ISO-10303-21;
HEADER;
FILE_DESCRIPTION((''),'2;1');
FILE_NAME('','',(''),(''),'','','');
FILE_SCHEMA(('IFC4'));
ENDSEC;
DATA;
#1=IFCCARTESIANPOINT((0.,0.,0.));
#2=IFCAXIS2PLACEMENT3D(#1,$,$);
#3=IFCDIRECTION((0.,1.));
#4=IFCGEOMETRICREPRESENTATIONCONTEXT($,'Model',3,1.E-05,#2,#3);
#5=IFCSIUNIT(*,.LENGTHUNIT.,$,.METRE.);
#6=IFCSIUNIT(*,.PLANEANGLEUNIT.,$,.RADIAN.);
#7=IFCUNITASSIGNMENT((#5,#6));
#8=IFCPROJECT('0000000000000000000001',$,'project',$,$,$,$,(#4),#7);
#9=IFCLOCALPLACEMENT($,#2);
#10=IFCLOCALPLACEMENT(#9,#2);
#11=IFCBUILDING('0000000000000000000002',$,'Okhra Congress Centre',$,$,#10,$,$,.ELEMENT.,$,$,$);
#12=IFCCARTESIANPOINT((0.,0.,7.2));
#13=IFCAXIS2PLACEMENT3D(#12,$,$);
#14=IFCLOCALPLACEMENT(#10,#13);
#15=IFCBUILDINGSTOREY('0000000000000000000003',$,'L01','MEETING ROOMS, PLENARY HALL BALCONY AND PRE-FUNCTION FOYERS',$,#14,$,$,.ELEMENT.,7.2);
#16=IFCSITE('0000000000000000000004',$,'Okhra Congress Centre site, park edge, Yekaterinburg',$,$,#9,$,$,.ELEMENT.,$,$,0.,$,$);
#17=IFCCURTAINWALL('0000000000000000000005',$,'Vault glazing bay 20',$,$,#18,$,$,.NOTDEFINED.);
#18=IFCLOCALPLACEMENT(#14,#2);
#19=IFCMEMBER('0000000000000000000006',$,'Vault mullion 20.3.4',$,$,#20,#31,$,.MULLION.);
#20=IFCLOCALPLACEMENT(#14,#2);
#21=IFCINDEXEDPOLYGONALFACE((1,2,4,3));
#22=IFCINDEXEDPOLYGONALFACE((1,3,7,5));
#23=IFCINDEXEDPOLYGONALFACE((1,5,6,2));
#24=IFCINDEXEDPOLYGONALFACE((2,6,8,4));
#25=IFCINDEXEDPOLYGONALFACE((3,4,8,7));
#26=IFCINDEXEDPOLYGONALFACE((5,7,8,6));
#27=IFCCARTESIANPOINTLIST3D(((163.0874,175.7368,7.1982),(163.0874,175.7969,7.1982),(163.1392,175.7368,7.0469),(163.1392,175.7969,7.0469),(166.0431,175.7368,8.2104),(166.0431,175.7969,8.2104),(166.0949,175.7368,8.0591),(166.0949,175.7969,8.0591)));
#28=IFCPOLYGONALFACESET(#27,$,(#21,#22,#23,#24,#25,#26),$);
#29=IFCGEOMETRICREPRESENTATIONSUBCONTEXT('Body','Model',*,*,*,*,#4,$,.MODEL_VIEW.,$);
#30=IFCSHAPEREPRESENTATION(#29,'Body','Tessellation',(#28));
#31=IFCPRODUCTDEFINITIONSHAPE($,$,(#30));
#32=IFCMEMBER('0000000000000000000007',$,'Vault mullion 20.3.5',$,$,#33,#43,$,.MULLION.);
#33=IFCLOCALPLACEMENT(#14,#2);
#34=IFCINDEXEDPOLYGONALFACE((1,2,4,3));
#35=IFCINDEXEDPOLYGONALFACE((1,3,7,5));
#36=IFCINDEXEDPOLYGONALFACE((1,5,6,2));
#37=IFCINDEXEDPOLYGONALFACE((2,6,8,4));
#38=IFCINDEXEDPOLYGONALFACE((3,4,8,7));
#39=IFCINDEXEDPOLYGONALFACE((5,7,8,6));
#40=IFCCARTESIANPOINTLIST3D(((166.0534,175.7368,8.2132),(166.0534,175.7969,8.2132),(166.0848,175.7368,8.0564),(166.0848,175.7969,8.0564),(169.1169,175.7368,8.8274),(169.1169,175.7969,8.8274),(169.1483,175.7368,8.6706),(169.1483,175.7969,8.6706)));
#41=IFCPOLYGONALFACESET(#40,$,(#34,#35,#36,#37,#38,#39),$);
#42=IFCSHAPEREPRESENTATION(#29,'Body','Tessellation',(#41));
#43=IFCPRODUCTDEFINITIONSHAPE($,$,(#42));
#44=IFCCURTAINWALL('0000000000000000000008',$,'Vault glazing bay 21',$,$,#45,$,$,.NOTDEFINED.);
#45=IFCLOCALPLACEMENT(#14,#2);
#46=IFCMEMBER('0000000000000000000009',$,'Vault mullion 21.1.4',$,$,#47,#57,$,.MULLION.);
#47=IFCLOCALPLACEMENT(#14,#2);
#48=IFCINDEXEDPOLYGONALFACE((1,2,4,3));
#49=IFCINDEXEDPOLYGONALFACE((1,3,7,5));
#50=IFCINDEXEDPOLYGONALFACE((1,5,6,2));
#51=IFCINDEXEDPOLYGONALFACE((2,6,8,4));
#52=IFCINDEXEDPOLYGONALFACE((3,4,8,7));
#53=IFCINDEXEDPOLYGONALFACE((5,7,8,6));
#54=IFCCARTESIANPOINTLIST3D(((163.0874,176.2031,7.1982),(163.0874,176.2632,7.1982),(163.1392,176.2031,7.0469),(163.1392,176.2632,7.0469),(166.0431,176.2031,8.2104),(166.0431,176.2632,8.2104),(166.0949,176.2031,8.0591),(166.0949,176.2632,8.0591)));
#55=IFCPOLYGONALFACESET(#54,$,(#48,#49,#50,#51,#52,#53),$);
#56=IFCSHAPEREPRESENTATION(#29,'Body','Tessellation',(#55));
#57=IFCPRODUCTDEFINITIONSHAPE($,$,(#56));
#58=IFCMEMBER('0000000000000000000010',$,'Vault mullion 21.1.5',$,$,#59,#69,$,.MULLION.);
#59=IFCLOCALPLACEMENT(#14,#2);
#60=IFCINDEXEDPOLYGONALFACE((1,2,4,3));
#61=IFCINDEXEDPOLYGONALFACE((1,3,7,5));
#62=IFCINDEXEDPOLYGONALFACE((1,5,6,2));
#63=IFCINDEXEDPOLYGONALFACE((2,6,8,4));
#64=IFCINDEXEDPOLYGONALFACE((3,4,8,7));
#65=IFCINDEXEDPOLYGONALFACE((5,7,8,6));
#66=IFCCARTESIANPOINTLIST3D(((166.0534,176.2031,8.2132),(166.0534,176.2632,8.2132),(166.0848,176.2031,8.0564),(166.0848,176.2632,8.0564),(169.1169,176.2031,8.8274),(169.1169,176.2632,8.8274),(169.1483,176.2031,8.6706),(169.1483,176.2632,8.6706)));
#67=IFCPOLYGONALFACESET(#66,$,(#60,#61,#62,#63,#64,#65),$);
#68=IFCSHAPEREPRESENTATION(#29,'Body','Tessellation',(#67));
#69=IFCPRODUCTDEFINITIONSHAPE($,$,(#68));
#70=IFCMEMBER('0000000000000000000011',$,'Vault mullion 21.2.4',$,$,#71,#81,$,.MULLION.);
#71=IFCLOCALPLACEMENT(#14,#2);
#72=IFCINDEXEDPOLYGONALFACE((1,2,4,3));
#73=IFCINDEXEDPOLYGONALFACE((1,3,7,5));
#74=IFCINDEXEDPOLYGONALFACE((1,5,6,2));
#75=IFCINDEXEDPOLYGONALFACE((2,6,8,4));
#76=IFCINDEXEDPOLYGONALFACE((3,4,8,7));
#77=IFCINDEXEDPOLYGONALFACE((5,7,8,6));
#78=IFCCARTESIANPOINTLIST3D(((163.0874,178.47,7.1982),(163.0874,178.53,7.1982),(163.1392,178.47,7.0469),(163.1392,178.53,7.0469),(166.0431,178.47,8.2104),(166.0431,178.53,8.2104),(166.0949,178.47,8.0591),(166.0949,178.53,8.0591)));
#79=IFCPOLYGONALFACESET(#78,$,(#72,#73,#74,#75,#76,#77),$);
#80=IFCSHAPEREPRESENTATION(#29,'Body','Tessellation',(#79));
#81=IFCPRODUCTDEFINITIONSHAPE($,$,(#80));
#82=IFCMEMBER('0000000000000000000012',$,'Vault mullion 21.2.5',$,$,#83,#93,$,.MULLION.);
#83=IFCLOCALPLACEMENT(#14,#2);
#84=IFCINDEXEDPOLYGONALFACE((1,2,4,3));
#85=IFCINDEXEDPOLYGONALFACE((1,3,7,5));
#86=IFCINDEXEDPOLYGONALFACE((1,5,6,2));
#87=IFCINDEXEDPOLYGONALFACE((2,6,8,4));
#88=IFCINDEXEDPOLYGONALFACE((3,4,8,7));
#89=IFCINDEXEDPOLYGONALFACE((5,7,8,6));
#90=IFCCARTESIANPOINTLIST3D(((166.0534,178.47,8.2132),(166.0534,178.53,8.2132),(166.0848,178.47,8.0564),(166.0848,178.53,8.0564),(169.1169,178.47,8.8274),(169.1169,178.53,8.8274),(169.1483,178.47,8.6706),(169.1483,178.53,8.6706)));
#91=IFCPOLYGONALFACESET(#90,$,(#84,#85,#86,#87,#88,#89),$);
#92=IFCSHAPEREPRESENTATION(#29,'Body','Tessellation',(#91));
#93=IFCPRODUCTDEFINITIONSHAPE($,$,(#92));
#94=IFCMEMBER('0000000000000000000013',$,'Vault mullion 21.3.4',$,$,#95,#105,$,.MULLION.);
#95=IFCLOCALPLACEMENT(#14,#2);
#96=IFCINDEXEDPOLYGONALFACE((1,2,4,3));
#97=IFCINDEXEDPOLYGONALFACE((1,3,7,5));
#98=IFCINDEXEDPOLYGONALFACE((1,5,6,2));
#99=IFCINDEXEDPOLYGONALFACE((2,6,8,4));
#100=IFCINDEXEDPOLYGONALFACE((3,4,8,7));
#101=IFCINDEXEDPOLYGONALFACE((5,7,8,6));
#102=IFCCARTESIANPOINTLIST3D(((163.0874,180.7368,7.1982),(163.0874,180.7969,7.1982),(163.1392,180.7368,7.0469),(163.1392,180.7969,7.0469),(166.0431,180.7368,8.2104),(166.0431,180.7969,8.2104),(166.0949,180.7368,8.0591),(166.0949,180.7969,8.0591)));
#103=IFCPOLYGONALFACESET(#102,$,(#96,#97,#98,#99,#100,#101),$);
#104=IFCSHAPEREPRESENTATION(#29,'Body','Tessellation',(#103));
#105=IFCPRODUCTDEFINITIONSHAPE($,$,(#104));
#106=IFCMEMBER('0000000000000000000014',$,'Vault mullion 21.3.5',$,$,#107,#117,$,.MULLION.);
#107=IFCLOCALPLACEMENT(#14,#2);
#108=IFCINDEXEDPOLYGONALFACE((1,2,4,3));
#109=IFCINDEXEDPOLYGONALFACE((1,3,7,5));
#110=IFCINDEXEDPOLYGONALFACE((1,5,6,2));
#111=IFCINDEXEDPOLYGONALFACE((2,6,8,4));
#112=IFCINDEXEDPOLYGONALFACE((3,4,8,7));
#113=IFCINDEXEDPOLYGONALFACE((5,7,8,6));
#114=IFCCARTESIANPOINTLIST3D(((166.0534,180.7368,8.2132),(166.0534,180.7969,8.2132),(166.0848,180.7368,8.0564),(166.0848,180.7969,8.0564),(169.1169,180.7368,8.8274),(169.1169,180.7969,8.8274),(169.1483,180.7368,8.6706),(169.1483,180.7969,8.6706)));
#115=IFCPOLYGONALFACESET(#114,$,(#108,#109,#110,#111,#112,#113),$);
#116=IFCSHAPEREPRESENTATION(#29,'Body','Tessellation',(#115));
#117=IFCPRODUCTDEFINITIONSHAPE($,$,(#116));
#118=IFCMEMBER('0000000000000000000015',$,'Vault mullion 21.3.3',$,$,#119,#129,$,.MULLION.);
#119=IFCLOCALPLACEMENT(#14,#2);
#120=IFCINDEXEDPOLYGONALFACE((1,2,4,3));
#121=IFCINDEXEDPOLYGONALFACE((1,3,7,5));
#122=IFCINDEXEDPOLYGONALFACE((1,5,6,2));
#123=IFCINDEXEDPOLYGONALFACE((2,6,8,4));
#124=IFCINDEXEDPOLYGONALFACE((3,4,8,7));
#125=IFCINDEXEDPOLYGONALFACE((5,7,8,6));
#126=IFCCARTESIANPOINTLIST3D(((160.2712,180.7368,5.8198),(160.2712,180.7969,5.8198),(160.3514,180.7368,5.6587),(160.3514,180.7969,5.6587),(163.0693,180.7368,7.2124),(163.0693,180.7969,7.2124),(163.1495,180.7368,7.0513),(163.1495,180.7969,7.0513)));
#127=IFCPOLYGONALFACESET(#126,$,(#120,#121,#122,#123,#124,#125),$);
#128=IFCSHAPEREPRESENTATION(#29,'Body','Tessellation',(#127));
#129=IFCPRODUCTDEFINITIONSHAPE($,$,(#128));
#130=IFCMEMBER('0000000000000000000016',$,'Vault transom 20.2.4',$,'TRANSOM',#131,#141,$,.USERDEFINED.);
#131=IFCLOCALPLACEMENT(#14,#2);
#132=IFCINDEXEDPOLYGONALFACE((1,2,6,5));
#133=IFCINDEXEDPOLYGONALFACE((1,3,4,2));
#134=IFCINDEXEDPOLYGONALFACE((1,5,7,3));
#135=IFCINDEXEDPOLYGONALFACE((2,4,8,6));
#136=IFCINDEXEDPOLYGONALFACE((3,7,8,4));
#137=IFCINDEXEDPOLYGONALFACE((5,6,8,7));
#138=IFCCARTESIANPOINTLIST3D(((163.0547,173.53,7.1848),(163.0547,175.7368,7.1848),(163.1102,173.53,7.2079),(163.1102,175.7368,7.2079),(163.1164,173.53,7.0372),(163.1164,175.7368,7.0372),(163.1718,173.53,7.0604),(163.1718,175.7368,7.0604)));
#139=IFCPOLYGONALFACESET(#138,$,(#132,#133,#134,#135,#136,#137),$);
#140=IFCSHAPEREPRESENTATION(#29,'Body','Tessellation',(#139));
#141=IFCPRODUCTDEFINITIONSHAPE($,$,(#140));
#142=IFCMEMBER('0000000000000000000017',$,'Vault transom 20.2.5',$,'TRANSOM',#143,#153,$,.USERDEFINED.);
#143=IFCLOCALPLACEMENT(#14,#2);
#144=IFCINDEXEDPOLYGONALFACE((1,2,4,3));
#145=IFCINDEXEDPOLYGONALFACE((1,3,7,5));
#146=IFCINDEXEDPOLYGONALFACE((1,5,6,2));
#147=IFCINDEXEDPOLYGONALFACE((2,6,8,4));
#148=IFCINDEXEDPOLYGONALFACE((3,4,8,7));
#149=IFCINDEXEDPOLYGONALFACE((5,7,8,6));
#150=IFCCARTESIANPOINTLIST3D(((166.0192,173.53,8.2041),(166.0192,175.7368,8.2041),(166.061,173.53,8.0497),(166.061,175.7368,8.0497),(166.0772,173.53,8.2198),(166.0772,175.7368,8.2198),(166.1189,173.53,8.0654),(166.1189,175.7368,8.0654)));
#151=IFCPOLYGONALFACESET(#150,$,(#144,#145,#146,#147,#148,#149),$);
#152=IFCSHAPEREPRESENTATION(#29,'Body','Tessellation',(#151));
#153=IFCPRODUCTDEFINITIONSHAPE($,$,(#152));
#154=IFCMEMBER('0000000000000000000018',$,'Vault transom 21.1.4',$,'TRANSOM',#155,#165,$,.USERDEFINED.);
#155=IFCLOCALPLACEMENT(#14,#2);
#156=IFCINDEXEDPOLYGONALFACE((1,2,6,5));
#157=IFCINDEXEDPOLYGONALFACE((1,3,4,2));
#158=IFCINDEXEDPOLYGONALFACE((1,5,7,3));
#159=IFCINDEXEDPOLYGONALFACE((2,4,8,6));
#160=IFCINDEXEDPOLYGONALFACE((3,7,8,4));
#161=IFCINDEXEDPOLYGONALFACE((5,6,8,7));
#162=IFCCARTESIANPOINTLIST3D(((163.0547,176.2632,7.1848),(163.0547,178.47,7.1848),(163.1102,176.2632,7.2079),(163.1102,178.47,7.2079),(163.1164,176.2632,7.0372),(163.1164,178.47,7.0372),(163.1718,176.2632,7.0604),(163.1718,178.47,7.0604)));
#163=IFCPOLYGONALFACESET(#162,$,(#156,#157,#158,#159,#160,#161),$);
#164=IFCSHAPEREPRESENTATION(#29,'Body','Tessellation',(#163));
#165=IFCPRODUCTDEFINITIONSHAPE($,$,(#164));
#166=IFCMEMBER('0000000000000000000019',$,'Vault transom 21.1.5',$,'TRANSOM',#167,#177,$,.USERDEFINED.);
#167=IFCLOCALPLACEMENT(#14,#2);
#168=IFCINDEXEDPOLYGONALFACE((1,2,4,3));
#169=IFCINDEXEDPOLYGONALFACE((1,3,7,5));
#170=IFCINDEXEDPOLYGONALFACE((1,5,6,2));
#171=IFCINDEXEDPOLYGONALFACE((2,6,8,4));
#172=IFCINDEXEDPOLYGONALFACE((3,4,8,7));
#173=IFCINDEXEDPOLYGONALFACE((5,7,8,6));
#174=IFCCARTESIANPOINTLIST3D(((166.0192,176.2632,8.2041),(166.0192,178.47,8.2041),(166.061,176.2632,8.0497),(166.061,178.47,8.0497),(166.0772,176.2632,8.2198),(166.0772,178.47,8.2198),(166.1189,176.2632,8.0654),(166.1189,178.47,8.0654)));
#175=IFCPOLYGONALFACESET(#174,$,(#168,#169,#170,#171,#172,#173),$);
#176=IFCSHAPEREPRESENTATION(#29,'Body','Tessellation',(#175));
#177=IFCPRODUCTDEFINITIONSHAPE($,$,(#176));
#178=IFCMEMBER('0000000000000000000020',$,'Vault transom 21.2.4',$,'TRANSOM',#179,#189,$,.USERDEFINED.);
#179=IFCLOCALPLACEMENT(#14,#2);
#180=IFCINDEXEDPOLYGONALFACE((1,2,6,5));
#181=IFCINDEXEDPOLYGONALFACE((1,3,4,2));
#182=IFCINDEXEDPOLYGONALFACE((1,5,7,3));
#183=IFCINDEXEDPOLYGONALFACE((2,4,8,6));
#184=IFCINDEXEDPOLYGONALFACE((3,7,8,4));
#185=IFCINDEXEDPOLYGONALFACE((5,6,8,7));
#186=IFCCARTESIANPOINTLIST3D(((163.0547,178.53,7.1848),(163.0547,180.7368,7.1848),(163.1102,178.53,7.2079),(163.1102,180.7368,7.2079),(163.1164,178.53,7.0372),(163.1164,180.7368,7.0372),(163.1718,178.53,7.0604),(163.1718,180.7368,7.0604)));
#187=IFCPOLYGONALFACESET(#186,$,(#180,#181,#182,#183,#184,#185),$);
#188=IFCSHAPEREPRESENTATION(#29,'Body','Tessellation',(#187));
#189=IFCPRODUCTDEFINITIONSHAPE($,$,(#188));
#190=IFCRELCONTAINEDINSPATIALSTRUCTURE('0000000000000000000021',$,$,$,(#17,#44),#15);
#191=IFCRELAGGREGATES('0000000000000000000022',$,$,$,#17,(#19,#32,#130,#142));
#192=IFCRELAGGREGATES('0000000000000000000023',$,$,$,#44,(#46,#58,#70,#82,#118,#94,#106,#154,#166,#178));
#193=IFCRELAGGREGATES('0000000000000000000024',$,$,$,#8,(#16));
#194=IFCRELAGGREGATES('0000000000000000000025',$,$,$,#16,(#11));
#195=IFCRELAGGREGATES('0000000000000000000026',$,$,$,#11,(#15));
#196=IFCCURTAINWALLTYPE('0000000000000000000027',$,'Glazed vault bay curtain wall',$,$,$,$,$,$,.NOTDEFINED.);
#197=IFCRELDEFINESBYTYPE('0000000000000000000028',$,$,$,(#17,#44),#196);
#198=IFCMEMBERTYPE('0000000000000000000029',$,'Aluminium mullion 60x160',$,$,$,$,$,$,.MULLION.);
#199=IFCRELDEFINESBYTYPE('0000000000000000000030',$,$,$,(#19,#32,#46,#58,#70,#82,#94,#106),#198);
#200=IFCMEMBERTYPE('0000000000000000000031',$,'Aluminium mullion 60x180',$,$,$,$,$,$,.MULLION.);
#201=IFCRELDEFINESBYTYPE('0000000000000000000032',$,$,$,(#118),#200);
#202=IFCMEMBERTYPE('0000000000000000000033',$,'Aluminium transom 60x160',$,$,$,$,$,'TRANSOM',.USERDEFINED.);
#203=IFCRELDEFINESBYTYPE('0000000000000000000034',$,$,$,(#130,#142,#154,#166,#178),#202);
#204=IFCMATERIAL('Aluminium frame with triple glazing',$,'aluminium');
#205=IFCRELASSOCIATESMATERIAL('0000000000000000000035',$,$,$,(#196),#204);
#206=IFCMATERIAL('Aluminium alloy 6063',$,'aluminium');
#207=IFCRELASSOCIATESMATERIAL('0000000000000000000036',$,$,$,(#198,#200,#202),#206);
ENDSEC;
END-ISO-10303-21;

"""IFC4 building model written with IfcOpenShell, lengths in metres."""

from ifc_helpers import new_model, si_unit, direction, frame, origin, origin_2d, place, context, subcontext, project, spatial, rectangle, extrude, material, material_profile, profile_set, type_object, element, aggregate, save


model = new_model("IFC4")

# Units and contexts
model_context = context("Model", 3, precision=1e-05, world=origin(), true_north=direction((0.0, 1.0)))
body_context = subcontext(model_context, "Body", "Model", "MODEL_VIEW")
ifc_project = project(units=[si_unit("LENGTHUNIT", "METRE"), si_unit("PLANEANGLEUNIT", "RADIAN")], contexts=[model_context])

# Site, building, storey
site_placement = place(None, origin())
site = spatial("IfcSite", under=ifc_project, at=site_placement, Name="Okhra Congress Centre site, park edge, Yekaterinburg", CompositionType="ELEMENT", RefElevation=0.0)
building_placement = place(site_placement, origin())
building = spatial("IfcBuilding", under=site, at=building_placement, Name="Okhra Congress Centre", CompositionType="ELEMENT")
storey_placement = place(building_placement, frame((0.0, 0.0, 7.2)))
storey = spatial("IfcBuildingStorey", under=building, at=storey_placement, Name="L01", Description="MEETING ROOMS, PLENARY HALL BALCONY AND PRE-FUNCTION FOYERS", CompositionType="ELEMENT", Elevation=7.2)

# Curtain walls, members
ifc_material_1 = material(Name="Aluminium frame with triple glazing", Category="aluminium")
curtain_wall_type = type_object("IfcCurtainWallType", Name="Glazed vault bay curtain wall", PredefinedType="NOTDEFINED", material=ifc_material_1)
curtain_wall_1_placement = place(storey_placement, origin())
curtain_wall_1 = element("IfcCurtainWall", 1, at=curtain_wall_1_placement, inside=storey, type_object=curtain_wall_type, Name="Vault glazing bay 20", PredefinedType="NOTDEFINED")
ifc_material_2 = material(Name="Aluminium alloy 6063", Category="aluminium")
ifc_material_profile_1 = material_profile(ifc_material_2, rectangle(XDim=0.0601, YDim=0.1599, at=origin_2d()), Name="AL 60x160")
ifc_profile_set_1 = profile_set([ifc_material_profile_1], Name="Aluminium alloy 6063")
member_type_1 = type_object("IfcMemberType", Name="Aluminium mullion 60x160", PredefinedType="MULLION", material=ifc_profile_set_1)
member_1_placement = place(storey_placement, frame((163.1133, 175.7668, 7.1226), z_axis=(0.946065, 0.0, 0.323977), x_axis=(0.0, 1.0, 0.0)))
member_1 = element("IfcMember", 2, at=member_1_placement, type_object=member_type_1, Name="Vault mullion 20.3.4", PredefinedType="MULLION", context=body_context, shape_type="SweptSolid", body=[
    extrude(rectangle(XDim=0.0601, YDim=0.1599, at=origin_2d()), origin(), (0.0, 0.0, 1.0), 3.1243),
])
member_2_placement = place(storey_placement, frame((166.0691, 175.7668, 8.1348), z_axis=(0.980484, 0.0, 0.196597), x_axis=(0.0, 1.0, 0.0)))
member_2 = element("IfcMember", 3, at=member_2_placement, type_object=member_type_1, Name="Vault mullion 20.3.5", PredefinedType="MULLION", context=body_context, shape_type="SweptSolid", body=[
    extrude(rectangle(XDim=0.0601, YDim=0.1599, at=origin_2d()), origin(), (0.0, 0.0, 1.0), 3.1245),
])
curtain_wall_2_placement = place(storey_placement, origin())
curtain_wall_2 = element("IfcCurtainWall", 4, at=curtain_wall_2_placement, inside=storey, type_object=curtain_wall_type, Name="Vault glazing bay 21", PredefinedType="NOTDEFINED")
member_3_placement = place(storey_placement, frame((163.1133, 176.2332, 7.1226), z_axis=(0.946065, 0.0, 0.323977), x_axis=(0.0, 1.0, 0.0)))
member_3 = element("IfcMember", 5, at=member_3_placement, type_object=member_type_1, Name="Vault mullion 21.1.4", PredefinedType="MULLION", context=body_context, shape_type="SweptSolid", body=[
    extrude(rectangle(XDim=0.0601, YDim=0.1599, at=origin_2d()), origin(), (0.0, 0.0, 1.0), 3.1243),
])
member_4_placement = place(storey_placement, frame((166.0691, 176.2332, 8.1348), z_axis=(0.980484, 0.0, 0.196597), x_axis=(0.0, 1.0, 0.0)))
member_4 = element("IfcMember", 6, at=member_4_placement, type_object=member_type_1, Name="Vault mullion 21.1.5", PredefinedType="MULLION", context=body_context, shape_type="SweptSolid", body=[
    extrude(rectangle(XDim=0.0601, YDim=0.1599, at=origin_2d()), origin(), (0.0, 0.0, 1.0), 3.1245),
])
member_5_placement = place(storey_placement, frame((163.1133, 178.5, 7.1226), z_axis=(0.946065, 0.0, 0.323977), x_axis=(0.0, 1.0, 0.0)))
member_5 = element("IfcMember", 7, at=member_5_placement, type_object=member_type_1, Name="Vault mullion 21.2.4", PredefinedType="MULLION", context=body_context, shape_type="SweptSolid", body=[
    extrude(rectangle(XDim=0.0601, YDim=0.1599, at=origin_2d()), origin(), (0.0, 0.0, 1.0), 3.1243),
])
member_6_placement = place(storey_placement, frame((166.0691, 178.5, 8.1348), z_axis=(0.980484, 0.0, 0.196597), x_axis=(0.0, 1.0, 0.0)))
member_6 = element("IfcMember", 8, at=member_6_placement, type_object=member_type_1, Name="Vault mullion 21.2.5", PredefinedType="MULLION", context=body_context, shape_type="SweptSolid", body=[
    extrude(rectangle(XDim=0.0601, YDim=0.1599, at=origin_2d()), origin(), (0.0, 0.0, 1.0), 3.1245),
])
member_7_placement = place(storey_placement, frame((163.1133, 180.7668, 7.1226), z_axis=(0.946065, 0.0, 0.323977), x_axis=(0.0, 1.0, 0.0)))
member_7 = element("IfcMember", 9, at=member_7_placement, type_object=member_type_1, Name="Vault mullion 21.3.4", PredefinedType="MULLION", context=body_context, shape_type="SweptSolid", body=[
    extrude(rectangle(XDim=0.0601, YDim=0.1599, at=origin_2d()), origin(), (0.0, 0.0, 1.0), 3.1243),
])
member_8_placement = place(storey_placement, frame((166.0691, 180.7668, 8.1348), z_axis=(0.980484, 0.0, 0.196597), x_axis=(0.0, 1.0, 0.0)))
member_8 = element("IfcMember", 10, at=member_8_placement, type_object=member_type_1, Name="Vault mullion 21.3.5", PredefinedType="MULLION", context=body_context, shape_type="SweptSolid", body=[
    extrude(rectangle(XDim=0.0601, YDim=0.1599, at=origin_2d()), origin(), (0.0, 0.0, 1.0), 3.1245),
])
ifc_material_profile_2 = material_profile(ifc_material_2, rectangle(XDim=0.0601, YDim=0.1799, at=origin_2d()), Name="AL 60x180")
ifc_profile_set_2 = profile_set([ifc_material_profile_2], Name="Aluminium alloy 6063")
member_type_2 = type_object("IfcMemberType", Name="Aluminium mullion 60x180", PredefinedType="MULLION", material=ifc_profile_set_2)
member_9_placement = place(storey_placement, frame((160.3113, 180.7668, 5.7393), z_axis=(0.895254, 0.0, 0.445557), x_axis=(0.0, 1.0, 0.0)))
member_9 = element("IfcMember", 11, at=member_9_placement, type_object=member_type_2, Name="Vault mullion 21.3.3", PredefinedType="MULLION", context=body_context, shape_type="SweptSolid", body=[
    extrude(rectangle(XDim=0.0601, YDim=0.1799, at=origin_2d()), origin(), (0.0, 0.0, 1.0), 3.1255),
])

# Members
ifc_material_profile_3 = material_profile(ifc_material_2, rectangle(XDim=0.0601, YDim=0.1599, at=origin_2d()), Name="AL 60x160 transom")
ifc_profile_set_3 = profile_set([ifc_material_profile_3], Name="Aluminium alloy 6063")
member_type_3 = type_object("IfcMemberType", Name="Aluminium transom 60x160", ElementType="TRANSOM", PredefinedType="USERDEFINED", material=ifc_profile_set_3)
member_10_placement = place(storey_placement, frame((163.1133, 173.53, 7.1226), z_axis=(0.0, 1.0, 0.0), x_axis=(-0.922669, 0.0, -0.385593)))
member_10 = element("IfcMember", 12, at=member_10_placement, type_object=member_type_3, Name="Vault transom 20.2.4", ObjectType="TRANSOM", PredefinedType="USERDEFINED", context=body_context, shape_type="SweptSolid", body=[
    extrude(rectangle(XDim=0.0601, YDim=0.1599, at=origin_2d()), origin(), (0.0, 0.0, 1.0), 2.2068),
])
member_11_placement = place(storey_placement, frame((166.0691, 173.53, 8.1348), z_axis=(0.0, 1.0, 0.0), x_axis=(-0.96538, 0.0, -0.260848)))
member_11 = element("IfcMember", 13, at=member_11_placement, type_object=member_type_3, Name="Vault transom 20.2.5", ObjectType="TRANSOM", PredefinedType="USERDEFINED", context=body_context, shape_type="SweptSolid", body=[
    extrude(rectangle(XDim=0.0601, YDim=0.1599, at=origin_2d()), origin(), (0.0, 0.0, 1.0), 2.2068),
])
member_12_placement = place(storey_placement, frame((163.1133, 176.2632, 7.1226), z_axis=(0.0, 1.0, 0.0), x_axis=(-0.922669, 0.0, -0.385593)))
member_12 = element("IfcMember", 14, at=member_12_placement, type_object=member_type_3, Name="Vault transom 21.1.4", ObjectType="TRANSOM", PredefinedType="USERDEFINED", context=body_context, shape_type="SweptSolid", body=[
    extrude(rectangle(XDim=0.0601, YDim=0.1599, at=origin_2d()), origin(), (0.0, 0.0, 1.0), 2.2068),
])
member_13_placement = place(storey_placement, frame((166.0691, 176.2632, 8.1348), z_axis=(0.0, 1.0, 0.0), x_axis=(-0.96538, 0.0, -0.260848)))
member_13 = element("IfcMember", 15, at=member_13_placement, type_object=member_type_3, Name="Vault transom 21.1.5", ObjectType="TRANSOM", PredefinedType="USERDEFINED", context=body_context, shape_type="SweptSolid", body=[
    extrude(rectangle(XDim=0.0601, YDim=0.1599, at=origin_2d()), origin(), (0.0, 0.0, 1.0), 2.2068),
])
member_14_placement = place(storey_placement, frame((163.1133, 178.53, 7.1226), z_axis=(0.0, 1.0, 0.0), x_axis=(-0.922669, 0.0, -0.385593)))
member_14 = element("IfcMember", 16, at=member_14_placement, type_object=member_type_3, Name="Vault transom 21.2.4", ObjectType="TRANSOM", PredefinedType="USERDEFINED", context=body_context, shape_type="SweptSolid", body=[
    extrude(rectangle(XDim=0.0601, YDim=0.1599, at=origin_2d()), origin(), (0.0, 0.0, 1.0), 2.2068),
])

aggregate(curtain_wall_1, [member_1, member_2, member_10, member_11])
aggregate(curtain_wall_2, [member_3, member_4, member_5, member_6, member_9, member_7, member_8, member_12, member_13, member_14])

save(model, "model.ifc")
